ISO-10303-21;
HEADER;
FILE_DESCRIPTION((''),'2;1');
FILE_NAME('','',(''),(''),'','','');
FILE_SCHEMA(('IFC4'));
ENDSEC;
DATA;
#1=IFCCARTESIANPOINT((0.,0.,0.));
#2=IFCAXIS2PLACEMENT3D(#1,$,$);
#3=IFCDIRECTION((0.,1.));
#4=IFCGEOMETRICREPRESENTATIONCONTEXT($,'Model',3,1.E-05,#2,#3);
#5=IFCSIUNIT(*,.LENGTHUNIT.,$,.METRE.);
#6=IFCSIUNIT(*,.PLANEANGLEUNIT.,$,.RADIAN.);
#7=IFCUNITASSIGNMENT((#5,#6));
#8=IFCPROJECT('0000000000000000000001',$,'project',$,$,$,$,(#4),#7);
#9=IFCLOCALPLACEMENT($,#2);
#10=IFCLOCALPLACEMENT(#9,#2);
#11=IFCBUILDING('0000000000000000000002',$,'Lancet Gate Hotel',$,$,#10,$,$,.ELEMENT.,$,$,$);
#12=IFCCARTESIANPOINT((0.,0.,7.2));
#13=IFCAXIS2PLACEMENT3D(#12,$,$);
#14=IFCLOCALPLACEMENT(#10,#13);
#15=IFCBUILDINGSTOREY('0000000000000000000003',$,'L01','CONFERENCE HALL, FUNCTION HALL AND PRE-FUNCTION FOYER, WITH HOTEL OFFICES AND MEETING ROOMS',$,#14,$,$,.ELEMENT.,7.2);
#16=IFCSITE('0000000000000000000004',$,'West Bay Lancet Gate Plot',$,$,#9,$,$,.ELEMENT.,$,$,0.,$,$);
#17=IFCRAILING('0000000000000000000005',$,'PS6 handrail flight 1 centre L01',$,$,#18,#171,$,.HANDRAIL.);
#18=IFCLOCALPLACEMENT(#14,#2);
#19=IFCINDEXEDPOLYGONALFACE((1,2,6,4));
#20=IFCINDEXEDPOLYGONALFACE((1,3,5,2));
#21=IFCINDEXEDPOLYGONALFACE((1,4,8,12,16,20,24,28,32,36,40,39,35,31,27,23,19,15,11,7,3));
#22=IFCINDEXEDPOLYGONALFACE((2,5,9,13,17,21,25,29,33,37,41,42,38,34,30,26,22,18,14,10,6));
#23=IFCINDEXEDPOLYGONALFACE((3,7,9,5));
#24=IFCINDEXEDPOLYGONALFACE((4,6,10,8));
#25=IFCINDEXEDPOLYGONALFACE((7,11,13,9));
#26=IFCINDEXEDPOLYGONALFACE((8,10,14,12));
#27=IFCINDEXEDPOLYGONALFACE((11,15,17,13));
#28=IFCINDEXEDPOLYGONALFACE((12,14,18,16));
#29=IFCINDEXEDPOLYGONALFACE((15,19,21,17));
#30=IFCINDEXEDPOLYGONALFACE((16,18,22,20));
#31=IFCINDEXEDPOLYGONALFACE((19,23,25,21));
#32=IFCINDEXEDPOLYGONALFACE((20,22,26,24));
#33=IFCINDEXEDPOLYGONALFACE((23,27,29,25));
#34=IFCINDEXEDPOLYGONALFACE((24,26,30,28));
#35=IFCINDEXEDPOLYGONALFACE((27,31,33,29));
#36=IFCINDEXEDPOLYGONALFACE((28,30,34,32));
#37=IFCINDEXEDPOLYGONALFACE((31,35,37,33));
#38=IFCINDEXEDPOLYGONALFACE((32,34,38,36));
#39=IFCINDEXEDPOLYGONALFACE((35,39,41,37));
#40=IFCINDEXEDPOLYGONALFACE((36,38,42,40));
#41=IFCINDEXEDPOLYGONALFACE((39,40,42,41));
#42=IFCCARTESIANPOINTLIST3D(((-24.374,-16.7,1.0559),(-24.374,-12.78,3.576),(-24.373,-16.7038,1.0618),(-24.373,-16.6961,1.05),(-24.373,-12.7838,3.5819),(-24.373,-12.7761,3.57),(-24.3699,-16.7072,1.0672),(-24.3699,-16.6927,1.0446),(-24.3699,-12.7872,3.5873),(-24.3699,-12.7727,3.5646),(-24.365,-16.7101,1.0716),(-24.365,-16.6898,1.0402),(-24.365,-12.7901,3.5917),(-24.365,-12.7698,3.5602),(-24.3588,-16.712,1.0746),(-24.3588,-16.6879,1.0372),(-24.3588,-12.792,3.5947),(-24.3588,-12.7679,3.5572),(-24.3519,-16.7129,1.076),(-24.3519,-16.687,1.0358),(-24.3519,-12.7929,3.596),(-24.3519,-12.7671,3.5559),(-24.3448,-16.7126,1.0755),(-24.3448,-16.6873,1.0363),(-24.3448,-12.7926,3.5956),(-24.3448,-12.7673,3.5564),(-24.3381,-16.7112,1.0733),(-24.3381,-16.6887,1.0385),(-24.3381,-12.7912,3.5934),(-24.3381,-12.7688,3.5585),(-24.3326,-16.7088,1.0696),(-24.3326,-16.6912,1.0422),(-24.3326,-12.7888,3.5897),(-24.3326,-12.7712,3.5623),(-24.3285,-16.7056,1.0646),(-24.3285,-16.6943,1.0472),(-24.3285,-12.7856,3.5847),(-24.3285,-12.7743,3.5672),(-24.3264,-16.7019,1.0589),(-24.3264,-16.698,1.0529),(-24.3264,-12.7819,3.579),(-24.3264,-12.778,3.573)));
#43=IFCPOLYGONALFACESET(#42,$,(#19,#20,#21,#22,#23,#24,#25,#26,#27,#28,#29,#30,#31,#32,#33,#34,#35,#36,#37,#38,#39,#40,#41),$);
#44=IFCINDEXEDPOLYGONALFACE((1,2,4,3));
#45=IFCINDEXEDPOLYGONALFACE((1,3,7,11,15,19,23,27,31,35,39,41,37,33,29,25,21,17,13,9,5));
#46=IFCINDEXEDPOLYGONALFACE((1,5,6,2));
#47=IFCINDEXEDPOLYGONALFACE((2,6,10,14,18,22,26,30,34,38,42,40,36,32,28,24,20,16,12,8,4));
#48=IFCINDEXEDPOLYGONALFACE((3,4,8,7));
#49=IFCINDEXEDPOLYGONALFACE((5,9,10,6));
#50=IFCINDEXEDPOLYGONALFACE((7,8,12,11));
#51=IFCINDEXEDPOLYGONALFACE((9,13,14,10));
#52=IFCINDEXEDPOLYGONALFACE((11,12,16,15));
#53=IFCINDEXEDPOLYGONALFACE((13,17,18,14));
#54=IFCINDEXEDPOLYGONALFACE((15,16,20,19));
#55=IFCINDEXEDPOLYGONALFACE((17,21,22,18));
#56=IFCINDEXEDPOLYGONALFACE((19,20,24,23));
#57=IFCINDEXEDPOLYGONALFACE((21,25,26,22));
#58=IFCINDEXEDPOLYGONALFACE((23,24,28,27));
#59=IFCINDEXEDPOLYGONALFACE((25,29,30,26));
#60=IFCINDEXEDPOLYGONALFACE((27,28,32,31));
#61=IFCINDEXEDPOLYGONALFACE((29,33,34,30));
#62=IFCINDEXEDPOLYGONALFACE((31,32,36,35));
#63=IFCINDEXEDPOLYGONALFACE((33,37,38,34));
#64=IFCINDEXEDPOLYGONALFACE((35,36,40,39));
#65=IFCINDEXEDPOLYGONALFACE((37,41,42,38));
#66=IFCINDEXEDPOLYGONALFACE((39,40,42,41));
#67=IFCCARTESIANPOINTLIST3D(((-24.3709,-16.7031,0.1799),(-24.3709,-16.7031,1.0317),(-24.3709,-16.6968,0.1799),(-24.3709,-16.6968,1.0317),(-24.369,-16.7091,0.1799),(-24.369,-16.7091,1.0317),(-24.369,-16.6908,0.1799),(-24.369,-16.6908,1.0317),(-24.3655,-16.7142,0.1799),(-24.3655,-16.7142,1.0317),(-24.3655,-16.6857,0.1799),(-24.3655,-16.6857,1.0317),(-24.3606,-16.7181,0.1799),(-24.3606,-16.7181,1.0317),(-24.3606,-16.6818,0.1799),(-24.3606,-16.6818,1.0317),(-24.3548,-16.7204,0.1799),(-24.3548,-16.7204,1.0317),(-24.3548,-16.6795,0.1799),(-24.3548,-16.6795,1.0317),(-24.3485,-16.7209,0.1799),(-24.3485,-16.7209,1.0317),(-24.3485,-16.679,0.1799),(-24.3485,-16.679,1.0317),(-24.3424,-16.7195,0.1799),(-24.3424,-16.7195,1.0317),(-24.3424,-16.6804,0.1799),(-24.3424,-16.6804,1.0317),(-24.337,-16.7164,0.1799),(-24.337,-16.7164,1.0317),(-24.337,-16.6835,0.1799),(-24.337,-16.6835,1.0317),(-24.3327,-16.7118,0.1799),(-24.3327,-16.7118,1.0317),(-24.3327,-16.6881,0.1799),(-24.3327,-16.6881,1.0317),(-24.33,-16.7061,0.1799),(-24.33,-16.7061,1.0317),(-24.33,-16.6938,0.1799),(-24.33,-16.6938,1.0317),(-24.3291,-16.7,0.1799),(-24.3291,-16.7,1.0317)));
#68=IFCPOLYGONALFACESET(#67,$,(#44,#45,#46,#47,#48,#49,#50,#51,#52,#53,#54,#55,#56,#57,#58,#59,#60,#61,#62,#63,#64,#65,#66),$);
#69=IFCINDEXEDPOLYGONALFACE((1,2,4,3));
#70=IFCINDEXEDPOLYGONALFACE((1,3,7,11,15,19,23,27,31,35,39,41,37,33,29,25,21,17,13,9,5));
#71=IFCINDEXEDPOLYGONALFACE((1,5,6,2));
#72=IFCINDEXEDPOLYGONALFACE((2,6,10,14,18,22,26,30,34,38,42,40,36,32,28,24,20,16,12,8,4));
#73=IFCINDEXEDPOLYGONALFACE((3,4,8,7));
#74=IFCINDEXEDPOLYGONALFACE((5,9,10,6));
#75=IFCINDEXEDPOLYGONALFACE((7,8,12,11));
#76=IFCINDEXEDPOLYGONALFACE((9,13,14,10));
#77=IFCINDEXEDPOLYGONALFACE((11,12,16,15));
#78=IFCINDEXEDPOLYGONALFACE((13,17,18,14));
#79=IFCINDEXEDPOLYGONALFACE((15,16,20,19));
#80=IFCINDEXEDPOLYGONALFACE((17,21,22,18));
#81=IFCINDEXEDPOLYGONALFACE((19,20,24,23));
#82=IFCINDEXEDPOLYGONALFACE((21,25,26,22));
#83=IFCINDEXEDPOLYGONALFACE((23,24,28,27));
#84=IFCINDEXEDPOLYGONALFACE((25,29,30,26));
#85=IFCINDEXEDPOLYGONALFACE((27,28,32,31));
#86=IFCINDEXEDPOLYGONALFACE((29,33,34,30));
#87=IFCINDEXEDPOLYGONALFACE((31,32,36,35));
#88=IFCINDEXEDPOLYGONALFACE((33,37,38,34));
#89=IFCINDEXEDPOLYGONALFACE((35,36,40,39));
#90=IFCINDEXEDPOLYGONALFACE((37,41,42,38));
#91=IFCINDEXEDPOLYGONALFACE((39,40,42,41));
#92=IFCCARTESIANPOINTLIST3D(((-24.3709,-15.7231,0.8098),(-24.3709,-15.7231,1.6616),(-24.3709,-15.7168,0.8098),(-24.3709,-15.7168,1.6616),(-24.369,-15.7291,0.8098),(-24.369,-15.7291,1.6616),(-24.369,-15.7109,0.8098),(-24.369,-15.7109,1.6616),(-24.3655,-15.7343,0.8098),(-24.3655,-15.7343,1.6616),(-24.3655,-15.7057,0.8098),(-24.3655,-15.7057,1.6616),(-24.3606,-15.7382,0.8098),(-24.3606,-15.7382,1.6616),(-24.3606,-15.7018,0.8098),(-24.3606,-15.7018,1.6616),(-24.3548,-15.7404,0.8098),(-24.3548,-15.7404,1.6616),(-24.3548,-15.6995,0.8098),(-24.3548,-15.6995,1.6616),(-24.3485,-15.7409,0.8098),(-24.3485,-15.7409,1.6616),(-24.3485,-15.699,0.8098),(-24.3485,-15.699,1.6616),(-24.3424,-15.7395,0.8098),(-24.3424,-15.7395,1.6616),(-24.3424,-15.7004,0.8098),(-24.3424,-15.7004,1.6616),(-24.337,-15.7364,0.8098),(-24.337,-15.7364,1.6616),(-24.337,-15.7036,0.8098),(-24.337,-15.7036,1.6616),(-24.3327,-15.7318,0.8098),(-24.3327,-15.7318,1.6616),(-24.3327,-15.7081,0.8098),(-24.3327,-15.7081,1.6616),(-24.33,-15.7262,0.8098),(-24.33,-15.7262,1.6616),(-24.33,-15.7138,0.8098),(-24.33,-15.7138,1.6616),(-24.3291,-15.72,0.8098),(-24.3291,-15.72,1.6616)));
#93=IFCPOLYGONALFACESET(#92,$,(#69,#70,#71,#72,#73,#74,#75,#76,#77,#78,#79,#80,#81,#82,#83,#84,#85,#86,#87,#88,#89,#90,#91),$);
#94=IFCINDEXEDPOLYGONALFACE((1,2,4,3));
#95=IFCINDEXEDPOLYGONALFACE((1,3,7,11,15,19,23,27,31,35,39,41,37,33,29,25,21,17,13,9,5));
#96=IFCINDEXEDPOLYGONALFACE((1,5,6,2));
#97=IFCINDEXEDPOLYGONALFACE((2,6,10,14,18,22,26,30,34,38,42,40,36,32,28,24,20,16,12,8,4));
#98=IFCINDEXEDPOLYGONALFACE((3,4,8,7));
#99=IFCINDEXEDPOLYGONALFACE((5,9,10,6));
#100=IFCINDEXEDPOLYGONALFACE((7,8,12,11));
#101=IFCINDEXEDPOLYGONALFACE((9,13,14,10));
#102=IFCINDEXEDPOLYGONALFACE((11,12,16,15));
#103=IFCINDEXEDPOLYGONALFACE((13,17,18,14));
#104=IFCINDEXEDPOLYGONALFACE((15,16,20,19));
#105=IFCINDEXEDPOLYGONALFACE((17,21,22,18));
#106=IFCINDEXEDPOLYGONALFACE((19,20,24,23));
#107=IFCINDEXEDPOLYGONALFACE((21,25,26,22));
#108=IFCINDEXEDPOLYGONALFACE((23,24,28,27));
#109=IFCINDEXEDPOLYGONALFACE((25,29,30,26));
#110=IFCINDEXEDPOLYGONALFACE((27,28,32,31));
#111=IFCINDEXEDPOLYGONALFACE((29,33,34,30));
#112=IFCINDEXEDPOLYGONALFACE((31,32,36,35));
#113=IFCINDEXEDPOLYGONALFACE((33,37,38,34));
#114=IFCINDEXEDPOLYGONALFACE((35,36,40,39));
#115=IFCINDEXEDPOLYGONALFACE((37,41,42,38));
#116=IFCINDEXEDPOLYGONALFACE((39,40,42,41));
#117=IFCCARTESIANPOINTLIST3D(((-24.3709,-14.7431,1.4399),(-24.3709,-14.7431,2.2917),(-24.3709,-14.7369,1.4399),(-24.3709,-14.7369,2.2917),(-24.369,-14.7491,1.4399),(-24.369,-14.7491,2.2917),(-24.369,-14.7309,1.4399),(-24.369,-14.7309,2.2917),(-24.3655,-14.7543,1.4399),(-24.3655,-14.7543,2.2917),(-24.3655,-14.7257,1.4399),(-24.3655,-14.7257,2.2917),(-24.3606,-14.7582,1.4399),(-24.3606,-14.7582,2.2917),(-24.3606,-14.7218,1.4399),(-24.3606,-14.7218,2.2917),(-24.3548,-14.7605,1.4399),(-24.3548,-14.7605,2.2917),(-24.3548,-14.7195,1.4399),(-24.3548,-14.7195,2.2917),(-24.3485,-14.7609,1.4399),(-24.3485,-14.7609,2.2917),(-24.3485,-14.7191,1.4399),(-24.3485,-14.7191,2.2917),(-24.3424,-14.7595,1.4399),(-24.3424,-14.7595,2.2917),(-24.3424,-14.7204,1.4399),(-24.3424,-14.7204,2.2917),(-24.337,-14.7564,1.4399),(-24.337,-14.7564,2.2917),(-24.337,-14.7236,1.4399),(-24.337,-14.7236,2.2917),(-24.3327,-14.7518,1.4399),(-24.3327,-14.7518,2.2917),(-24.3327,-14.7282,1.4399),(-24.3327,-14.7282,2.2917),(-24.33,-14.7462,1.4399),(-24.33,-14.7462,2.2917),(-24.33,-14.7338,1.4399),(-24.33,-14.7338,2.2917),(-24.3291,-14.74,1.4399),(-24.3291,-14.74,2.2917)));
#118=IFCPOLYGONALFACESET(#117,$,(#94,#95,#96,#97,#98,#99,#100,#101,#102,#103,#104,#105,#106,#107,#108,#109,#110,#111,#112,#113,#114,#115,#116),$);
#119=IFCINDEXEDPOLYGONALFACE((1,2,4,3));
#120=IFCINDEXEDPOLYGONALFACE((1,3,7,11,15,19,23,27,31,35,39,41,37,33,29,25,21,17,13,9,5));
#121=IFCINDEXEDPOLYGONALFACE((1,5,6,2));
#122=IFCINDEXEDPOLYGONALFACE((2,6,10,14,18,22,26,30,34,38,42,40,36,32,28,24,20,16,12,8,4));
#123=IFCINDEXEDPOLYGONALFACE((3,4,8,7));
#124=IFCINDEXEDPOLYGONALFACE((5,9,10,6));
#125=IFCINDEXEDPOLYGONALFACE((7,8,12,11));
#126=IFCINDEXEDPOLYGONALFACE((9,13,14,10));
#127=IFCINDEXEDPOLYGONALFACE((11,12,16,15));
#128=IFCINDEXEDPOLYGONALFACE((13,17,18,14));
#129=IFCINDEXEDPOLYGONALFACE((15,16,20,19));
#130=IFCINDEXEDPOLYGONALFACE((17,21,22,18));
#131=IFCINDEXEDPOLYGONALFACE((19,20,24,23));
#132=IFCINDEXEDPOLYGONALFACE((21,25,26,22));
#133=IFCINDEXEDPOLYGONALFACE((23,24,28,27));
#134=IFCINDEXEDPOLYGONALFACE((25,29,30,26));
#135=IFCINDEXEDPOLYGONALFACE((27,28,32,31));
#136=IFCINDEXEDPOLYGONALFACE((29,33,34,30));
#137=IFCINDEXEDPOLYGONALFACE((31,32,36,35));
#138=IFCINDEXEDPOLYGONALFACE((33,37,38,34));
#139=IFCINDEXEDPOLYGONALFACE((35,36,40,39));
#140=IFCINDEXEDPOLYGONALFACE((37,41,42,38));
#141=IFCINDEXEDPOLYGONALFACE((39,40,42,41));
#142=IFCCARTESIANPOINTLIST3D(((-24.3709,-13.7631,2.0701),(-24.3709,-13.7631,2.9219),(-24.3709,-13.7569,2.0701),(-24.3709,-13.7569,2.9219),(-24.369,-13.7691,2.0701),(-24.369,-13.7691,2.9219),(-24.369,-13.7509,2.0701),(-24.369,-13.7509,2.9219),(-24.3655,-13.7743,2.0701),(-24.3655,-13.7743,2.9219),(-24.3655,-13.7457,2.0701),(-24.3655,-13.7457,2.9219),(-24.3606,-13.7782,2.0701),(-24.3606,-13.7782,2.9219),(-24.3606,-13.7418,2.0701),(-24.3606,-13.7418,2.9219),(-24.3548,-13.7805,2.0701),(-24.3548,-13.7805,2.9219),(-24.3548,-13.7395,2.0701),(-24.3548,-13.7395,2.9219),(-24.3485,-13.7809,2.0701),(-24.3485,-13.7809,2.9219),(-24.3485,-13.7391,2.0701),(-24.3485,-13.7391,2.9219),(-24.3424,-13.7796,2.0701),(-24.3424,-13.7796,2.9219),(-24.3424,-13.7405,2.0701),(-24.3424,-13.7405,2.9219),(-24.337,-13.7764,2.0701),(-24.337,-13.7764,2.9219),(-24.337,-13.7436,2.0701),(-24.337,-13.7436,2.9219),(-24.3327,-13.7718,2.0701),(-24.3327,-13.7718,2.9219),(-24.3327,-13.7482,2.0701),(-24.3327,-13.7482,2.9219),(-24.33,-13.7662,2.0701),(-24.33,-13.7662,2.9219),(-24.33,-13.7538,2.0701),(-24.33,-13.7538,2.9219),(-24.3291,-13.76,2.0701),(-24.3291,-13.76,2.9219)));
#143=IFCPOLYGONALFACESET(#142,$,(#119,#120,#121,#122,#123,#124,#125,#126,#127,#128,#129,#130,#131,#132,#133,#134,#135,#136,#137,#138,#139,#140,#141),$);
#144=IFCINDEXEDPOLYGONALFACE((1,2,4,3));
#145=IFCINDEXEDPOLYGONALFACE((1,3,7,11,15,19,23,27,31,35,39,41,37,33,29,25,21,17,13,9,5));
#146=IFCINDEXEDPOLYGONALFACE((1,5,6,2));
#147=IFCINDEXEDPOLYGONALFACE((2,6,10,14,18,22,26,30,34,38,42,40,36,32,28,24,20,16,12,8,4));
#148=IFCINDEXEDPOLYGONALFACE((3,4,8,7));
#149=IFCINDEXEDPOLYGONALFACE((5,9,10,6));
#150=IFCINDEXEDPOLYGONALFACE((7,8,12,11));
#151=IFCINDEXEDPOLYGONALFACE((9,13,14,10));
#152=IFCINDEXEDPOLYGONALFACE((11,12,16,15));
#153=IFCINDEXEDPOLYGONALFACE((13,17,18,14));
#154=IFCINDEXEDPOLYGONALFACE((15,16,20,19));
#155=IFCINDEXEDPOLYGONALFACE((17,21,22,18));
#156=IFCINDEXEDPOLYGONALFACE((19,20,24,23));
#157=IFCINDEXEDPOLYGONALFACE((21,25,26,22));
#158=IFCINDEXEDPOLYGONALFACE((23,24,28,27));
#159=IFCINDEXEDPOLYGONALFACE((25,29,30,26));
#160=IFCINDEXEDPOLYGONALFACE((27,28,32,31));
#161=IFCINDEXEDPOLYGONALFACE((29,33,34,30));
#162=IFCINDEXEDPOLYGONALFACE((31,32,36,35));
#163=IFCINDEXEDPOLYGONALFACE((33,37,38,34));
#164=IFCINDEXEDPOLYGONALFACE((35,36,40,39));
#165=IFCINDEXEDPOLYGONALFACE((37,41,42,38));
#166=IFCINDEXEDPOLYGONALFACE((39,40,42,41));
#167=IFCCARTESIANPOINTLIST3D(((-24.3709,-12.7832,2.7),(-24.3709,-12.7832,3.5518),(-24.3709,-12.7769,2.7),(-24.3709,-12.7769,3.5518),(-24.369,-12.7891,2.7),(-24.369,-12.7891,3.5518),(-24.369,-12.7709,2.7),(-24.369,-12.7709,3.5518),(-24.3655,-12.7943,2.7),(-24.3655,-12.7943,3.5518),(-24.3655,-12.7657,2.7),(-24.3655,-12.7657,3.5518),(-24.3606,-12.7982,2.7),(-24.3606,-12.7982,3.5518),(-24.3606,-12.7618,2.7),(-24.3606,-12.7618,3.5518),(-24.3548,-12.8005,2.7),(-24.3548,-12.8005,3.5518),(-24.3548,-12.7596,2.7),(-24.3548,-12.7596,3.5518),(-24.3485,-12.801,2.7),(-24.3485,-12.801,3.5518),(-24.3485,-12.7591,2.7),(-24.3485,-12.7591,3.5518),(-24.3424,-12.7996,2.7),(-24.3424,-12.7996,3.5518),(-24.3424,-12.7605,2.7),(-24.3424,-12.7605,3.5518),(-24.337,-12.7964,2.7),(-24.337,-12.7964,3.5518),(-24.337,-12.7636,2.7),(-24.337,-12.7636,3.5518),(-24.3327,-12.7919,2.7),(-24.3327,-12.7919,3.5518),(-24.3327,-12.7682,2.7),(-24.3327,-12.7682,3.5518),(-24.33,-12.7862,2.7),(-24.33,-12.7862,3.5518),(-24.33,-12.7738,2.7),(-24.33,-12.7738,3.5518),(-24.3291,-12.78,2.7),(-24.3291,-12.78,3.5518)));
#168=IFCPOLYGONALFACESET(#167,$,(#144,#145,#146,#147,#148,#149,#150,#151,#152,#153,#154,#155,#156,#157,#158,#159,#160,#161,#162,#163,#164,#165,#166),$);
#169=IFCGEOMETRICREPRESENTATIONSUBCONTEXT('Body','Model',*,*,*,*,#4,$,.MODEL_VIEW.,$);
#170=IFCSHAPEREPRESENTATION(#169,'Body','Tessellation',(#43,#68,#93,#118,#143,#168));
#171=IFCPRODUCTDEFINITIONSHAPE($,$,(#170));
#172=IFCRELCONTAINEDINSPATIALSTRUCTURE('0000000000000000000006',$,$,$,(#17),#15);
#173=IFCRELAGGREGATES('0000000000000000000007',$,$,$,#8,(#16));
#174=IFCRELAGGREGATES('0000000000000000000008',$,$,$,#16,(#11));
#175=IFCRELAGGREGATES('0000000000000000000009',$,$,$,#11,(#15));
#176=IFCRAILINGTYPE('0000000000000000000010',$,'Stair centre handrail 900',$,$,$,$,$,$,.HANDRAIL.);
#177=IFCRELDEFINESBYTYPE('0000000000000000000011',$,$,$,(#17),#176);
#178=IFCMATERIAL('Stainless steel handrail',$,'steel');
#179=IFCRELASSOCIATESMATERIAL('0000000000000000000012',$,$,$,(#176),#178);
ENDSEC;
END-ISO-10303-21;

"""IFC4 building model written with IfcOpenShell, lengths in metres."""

from ifc_helpers import new_model, si_unit, direction, frame, origin, origin_2d, place, context, subcontext, project, spatial, circle, extrude, material, type_object, element, save


model = new_model("IFC4")

# Units and contexts
model_context = context("Model", 3, precision=1e-05, world=origin(), true_north=direction((0.0, 1.0)))
body_context = subcontext(model_context, "Body", "Model", "MODEL_VIEW")
ifc_project = project(units=[si_unit("LENGTHUNIT", "METRE"), si_unit("PLANEANGLEUNIT", "RADIAN")], contexts=[model_context])

# Site, building, storey
site_placement = place(None, origin())
site = spatial("IfcSite", under=ifc_project, at=site_placement, Name="West Bay Lancet Gate Plot", CompositionType="ELEMENT", RefElevation=0.0)
building_placement = place(site_placement, origin())
building = spatial("IfcBuilding", under=site, at=building_placement, Name="Lancet Gate Hotel", CompositionType="ELEMENT")
storey_placement = place(building_placement, frame((0.0, 0.0, 7.2)))
storey = spatial("IfcBuildingStorey", under=building, at=storey_placement, Name="L01", Description="CONFERENCE HALL, FUNCTION HALL AND PRE-FUNCTION FOYER, WITH HOTEL OFFICES AND MEETING ROOMS", CompositionType="ELEMENT", Elevation=7.2)

# Railing
ifc_material_1 = material(Name="Stainless steel handrail", Category="steel")
railing_type_1 = type_object("IfcRailingType", Name="Stair centre handrail 900", PredefinedType="HANDRAIL", material=ifc_material_1)
railing_1_placement = place(storey_placement, frame((-24.3501, -16.7, 0.1799)))
element("IfcRailing", 1, at=railing_1_placement, inside=storey, type_object=railing_type_1, Name="PS6 handrail flight 1 centre L01", PredefinedType="HANDRAIL", context=body_context, shape_type="SweptSolid", body=[
    extrude(circle(Radius=0.0239, at=origin_2d()), frame((0.0, 0.0, 0.876), z_axis=(0.0, 0.841172, 0.540768), x_axis=(-1.0, 0.0, 0.0)), (0.0, 0.0, 1.0), 4.6602),
    extrude(circle(Radius=0.021, at=origin_2d()), origin(), (0.0, 0.0, 1.0), 0.8518),
    extrude(circle(Radius=0.021, at=origin_2d()), frame((0.0, 0.98, 0.6299)), (0.0, 0.0, 1.0), 0.8518),
    extrude(circle(Radius=0.021, at=origin_2d()), frame((0.0, 1.96, 1.26)), (0.0, 0.0, 1.0), 0.8518),
    extrude(circle(Radius=0.021, at=origin_2d()), frame((0.0, 2.9399, 1.8901)), (0.0, 0.0, 1.0), 0.8518),
    extrude(circle(Radius=0.021, at=origin_2d()), frame((0.0, 3.9199, 2.52)), (0.0, 0.0, 1.0), 0.8518),
])

save(model, "model.ifc")
